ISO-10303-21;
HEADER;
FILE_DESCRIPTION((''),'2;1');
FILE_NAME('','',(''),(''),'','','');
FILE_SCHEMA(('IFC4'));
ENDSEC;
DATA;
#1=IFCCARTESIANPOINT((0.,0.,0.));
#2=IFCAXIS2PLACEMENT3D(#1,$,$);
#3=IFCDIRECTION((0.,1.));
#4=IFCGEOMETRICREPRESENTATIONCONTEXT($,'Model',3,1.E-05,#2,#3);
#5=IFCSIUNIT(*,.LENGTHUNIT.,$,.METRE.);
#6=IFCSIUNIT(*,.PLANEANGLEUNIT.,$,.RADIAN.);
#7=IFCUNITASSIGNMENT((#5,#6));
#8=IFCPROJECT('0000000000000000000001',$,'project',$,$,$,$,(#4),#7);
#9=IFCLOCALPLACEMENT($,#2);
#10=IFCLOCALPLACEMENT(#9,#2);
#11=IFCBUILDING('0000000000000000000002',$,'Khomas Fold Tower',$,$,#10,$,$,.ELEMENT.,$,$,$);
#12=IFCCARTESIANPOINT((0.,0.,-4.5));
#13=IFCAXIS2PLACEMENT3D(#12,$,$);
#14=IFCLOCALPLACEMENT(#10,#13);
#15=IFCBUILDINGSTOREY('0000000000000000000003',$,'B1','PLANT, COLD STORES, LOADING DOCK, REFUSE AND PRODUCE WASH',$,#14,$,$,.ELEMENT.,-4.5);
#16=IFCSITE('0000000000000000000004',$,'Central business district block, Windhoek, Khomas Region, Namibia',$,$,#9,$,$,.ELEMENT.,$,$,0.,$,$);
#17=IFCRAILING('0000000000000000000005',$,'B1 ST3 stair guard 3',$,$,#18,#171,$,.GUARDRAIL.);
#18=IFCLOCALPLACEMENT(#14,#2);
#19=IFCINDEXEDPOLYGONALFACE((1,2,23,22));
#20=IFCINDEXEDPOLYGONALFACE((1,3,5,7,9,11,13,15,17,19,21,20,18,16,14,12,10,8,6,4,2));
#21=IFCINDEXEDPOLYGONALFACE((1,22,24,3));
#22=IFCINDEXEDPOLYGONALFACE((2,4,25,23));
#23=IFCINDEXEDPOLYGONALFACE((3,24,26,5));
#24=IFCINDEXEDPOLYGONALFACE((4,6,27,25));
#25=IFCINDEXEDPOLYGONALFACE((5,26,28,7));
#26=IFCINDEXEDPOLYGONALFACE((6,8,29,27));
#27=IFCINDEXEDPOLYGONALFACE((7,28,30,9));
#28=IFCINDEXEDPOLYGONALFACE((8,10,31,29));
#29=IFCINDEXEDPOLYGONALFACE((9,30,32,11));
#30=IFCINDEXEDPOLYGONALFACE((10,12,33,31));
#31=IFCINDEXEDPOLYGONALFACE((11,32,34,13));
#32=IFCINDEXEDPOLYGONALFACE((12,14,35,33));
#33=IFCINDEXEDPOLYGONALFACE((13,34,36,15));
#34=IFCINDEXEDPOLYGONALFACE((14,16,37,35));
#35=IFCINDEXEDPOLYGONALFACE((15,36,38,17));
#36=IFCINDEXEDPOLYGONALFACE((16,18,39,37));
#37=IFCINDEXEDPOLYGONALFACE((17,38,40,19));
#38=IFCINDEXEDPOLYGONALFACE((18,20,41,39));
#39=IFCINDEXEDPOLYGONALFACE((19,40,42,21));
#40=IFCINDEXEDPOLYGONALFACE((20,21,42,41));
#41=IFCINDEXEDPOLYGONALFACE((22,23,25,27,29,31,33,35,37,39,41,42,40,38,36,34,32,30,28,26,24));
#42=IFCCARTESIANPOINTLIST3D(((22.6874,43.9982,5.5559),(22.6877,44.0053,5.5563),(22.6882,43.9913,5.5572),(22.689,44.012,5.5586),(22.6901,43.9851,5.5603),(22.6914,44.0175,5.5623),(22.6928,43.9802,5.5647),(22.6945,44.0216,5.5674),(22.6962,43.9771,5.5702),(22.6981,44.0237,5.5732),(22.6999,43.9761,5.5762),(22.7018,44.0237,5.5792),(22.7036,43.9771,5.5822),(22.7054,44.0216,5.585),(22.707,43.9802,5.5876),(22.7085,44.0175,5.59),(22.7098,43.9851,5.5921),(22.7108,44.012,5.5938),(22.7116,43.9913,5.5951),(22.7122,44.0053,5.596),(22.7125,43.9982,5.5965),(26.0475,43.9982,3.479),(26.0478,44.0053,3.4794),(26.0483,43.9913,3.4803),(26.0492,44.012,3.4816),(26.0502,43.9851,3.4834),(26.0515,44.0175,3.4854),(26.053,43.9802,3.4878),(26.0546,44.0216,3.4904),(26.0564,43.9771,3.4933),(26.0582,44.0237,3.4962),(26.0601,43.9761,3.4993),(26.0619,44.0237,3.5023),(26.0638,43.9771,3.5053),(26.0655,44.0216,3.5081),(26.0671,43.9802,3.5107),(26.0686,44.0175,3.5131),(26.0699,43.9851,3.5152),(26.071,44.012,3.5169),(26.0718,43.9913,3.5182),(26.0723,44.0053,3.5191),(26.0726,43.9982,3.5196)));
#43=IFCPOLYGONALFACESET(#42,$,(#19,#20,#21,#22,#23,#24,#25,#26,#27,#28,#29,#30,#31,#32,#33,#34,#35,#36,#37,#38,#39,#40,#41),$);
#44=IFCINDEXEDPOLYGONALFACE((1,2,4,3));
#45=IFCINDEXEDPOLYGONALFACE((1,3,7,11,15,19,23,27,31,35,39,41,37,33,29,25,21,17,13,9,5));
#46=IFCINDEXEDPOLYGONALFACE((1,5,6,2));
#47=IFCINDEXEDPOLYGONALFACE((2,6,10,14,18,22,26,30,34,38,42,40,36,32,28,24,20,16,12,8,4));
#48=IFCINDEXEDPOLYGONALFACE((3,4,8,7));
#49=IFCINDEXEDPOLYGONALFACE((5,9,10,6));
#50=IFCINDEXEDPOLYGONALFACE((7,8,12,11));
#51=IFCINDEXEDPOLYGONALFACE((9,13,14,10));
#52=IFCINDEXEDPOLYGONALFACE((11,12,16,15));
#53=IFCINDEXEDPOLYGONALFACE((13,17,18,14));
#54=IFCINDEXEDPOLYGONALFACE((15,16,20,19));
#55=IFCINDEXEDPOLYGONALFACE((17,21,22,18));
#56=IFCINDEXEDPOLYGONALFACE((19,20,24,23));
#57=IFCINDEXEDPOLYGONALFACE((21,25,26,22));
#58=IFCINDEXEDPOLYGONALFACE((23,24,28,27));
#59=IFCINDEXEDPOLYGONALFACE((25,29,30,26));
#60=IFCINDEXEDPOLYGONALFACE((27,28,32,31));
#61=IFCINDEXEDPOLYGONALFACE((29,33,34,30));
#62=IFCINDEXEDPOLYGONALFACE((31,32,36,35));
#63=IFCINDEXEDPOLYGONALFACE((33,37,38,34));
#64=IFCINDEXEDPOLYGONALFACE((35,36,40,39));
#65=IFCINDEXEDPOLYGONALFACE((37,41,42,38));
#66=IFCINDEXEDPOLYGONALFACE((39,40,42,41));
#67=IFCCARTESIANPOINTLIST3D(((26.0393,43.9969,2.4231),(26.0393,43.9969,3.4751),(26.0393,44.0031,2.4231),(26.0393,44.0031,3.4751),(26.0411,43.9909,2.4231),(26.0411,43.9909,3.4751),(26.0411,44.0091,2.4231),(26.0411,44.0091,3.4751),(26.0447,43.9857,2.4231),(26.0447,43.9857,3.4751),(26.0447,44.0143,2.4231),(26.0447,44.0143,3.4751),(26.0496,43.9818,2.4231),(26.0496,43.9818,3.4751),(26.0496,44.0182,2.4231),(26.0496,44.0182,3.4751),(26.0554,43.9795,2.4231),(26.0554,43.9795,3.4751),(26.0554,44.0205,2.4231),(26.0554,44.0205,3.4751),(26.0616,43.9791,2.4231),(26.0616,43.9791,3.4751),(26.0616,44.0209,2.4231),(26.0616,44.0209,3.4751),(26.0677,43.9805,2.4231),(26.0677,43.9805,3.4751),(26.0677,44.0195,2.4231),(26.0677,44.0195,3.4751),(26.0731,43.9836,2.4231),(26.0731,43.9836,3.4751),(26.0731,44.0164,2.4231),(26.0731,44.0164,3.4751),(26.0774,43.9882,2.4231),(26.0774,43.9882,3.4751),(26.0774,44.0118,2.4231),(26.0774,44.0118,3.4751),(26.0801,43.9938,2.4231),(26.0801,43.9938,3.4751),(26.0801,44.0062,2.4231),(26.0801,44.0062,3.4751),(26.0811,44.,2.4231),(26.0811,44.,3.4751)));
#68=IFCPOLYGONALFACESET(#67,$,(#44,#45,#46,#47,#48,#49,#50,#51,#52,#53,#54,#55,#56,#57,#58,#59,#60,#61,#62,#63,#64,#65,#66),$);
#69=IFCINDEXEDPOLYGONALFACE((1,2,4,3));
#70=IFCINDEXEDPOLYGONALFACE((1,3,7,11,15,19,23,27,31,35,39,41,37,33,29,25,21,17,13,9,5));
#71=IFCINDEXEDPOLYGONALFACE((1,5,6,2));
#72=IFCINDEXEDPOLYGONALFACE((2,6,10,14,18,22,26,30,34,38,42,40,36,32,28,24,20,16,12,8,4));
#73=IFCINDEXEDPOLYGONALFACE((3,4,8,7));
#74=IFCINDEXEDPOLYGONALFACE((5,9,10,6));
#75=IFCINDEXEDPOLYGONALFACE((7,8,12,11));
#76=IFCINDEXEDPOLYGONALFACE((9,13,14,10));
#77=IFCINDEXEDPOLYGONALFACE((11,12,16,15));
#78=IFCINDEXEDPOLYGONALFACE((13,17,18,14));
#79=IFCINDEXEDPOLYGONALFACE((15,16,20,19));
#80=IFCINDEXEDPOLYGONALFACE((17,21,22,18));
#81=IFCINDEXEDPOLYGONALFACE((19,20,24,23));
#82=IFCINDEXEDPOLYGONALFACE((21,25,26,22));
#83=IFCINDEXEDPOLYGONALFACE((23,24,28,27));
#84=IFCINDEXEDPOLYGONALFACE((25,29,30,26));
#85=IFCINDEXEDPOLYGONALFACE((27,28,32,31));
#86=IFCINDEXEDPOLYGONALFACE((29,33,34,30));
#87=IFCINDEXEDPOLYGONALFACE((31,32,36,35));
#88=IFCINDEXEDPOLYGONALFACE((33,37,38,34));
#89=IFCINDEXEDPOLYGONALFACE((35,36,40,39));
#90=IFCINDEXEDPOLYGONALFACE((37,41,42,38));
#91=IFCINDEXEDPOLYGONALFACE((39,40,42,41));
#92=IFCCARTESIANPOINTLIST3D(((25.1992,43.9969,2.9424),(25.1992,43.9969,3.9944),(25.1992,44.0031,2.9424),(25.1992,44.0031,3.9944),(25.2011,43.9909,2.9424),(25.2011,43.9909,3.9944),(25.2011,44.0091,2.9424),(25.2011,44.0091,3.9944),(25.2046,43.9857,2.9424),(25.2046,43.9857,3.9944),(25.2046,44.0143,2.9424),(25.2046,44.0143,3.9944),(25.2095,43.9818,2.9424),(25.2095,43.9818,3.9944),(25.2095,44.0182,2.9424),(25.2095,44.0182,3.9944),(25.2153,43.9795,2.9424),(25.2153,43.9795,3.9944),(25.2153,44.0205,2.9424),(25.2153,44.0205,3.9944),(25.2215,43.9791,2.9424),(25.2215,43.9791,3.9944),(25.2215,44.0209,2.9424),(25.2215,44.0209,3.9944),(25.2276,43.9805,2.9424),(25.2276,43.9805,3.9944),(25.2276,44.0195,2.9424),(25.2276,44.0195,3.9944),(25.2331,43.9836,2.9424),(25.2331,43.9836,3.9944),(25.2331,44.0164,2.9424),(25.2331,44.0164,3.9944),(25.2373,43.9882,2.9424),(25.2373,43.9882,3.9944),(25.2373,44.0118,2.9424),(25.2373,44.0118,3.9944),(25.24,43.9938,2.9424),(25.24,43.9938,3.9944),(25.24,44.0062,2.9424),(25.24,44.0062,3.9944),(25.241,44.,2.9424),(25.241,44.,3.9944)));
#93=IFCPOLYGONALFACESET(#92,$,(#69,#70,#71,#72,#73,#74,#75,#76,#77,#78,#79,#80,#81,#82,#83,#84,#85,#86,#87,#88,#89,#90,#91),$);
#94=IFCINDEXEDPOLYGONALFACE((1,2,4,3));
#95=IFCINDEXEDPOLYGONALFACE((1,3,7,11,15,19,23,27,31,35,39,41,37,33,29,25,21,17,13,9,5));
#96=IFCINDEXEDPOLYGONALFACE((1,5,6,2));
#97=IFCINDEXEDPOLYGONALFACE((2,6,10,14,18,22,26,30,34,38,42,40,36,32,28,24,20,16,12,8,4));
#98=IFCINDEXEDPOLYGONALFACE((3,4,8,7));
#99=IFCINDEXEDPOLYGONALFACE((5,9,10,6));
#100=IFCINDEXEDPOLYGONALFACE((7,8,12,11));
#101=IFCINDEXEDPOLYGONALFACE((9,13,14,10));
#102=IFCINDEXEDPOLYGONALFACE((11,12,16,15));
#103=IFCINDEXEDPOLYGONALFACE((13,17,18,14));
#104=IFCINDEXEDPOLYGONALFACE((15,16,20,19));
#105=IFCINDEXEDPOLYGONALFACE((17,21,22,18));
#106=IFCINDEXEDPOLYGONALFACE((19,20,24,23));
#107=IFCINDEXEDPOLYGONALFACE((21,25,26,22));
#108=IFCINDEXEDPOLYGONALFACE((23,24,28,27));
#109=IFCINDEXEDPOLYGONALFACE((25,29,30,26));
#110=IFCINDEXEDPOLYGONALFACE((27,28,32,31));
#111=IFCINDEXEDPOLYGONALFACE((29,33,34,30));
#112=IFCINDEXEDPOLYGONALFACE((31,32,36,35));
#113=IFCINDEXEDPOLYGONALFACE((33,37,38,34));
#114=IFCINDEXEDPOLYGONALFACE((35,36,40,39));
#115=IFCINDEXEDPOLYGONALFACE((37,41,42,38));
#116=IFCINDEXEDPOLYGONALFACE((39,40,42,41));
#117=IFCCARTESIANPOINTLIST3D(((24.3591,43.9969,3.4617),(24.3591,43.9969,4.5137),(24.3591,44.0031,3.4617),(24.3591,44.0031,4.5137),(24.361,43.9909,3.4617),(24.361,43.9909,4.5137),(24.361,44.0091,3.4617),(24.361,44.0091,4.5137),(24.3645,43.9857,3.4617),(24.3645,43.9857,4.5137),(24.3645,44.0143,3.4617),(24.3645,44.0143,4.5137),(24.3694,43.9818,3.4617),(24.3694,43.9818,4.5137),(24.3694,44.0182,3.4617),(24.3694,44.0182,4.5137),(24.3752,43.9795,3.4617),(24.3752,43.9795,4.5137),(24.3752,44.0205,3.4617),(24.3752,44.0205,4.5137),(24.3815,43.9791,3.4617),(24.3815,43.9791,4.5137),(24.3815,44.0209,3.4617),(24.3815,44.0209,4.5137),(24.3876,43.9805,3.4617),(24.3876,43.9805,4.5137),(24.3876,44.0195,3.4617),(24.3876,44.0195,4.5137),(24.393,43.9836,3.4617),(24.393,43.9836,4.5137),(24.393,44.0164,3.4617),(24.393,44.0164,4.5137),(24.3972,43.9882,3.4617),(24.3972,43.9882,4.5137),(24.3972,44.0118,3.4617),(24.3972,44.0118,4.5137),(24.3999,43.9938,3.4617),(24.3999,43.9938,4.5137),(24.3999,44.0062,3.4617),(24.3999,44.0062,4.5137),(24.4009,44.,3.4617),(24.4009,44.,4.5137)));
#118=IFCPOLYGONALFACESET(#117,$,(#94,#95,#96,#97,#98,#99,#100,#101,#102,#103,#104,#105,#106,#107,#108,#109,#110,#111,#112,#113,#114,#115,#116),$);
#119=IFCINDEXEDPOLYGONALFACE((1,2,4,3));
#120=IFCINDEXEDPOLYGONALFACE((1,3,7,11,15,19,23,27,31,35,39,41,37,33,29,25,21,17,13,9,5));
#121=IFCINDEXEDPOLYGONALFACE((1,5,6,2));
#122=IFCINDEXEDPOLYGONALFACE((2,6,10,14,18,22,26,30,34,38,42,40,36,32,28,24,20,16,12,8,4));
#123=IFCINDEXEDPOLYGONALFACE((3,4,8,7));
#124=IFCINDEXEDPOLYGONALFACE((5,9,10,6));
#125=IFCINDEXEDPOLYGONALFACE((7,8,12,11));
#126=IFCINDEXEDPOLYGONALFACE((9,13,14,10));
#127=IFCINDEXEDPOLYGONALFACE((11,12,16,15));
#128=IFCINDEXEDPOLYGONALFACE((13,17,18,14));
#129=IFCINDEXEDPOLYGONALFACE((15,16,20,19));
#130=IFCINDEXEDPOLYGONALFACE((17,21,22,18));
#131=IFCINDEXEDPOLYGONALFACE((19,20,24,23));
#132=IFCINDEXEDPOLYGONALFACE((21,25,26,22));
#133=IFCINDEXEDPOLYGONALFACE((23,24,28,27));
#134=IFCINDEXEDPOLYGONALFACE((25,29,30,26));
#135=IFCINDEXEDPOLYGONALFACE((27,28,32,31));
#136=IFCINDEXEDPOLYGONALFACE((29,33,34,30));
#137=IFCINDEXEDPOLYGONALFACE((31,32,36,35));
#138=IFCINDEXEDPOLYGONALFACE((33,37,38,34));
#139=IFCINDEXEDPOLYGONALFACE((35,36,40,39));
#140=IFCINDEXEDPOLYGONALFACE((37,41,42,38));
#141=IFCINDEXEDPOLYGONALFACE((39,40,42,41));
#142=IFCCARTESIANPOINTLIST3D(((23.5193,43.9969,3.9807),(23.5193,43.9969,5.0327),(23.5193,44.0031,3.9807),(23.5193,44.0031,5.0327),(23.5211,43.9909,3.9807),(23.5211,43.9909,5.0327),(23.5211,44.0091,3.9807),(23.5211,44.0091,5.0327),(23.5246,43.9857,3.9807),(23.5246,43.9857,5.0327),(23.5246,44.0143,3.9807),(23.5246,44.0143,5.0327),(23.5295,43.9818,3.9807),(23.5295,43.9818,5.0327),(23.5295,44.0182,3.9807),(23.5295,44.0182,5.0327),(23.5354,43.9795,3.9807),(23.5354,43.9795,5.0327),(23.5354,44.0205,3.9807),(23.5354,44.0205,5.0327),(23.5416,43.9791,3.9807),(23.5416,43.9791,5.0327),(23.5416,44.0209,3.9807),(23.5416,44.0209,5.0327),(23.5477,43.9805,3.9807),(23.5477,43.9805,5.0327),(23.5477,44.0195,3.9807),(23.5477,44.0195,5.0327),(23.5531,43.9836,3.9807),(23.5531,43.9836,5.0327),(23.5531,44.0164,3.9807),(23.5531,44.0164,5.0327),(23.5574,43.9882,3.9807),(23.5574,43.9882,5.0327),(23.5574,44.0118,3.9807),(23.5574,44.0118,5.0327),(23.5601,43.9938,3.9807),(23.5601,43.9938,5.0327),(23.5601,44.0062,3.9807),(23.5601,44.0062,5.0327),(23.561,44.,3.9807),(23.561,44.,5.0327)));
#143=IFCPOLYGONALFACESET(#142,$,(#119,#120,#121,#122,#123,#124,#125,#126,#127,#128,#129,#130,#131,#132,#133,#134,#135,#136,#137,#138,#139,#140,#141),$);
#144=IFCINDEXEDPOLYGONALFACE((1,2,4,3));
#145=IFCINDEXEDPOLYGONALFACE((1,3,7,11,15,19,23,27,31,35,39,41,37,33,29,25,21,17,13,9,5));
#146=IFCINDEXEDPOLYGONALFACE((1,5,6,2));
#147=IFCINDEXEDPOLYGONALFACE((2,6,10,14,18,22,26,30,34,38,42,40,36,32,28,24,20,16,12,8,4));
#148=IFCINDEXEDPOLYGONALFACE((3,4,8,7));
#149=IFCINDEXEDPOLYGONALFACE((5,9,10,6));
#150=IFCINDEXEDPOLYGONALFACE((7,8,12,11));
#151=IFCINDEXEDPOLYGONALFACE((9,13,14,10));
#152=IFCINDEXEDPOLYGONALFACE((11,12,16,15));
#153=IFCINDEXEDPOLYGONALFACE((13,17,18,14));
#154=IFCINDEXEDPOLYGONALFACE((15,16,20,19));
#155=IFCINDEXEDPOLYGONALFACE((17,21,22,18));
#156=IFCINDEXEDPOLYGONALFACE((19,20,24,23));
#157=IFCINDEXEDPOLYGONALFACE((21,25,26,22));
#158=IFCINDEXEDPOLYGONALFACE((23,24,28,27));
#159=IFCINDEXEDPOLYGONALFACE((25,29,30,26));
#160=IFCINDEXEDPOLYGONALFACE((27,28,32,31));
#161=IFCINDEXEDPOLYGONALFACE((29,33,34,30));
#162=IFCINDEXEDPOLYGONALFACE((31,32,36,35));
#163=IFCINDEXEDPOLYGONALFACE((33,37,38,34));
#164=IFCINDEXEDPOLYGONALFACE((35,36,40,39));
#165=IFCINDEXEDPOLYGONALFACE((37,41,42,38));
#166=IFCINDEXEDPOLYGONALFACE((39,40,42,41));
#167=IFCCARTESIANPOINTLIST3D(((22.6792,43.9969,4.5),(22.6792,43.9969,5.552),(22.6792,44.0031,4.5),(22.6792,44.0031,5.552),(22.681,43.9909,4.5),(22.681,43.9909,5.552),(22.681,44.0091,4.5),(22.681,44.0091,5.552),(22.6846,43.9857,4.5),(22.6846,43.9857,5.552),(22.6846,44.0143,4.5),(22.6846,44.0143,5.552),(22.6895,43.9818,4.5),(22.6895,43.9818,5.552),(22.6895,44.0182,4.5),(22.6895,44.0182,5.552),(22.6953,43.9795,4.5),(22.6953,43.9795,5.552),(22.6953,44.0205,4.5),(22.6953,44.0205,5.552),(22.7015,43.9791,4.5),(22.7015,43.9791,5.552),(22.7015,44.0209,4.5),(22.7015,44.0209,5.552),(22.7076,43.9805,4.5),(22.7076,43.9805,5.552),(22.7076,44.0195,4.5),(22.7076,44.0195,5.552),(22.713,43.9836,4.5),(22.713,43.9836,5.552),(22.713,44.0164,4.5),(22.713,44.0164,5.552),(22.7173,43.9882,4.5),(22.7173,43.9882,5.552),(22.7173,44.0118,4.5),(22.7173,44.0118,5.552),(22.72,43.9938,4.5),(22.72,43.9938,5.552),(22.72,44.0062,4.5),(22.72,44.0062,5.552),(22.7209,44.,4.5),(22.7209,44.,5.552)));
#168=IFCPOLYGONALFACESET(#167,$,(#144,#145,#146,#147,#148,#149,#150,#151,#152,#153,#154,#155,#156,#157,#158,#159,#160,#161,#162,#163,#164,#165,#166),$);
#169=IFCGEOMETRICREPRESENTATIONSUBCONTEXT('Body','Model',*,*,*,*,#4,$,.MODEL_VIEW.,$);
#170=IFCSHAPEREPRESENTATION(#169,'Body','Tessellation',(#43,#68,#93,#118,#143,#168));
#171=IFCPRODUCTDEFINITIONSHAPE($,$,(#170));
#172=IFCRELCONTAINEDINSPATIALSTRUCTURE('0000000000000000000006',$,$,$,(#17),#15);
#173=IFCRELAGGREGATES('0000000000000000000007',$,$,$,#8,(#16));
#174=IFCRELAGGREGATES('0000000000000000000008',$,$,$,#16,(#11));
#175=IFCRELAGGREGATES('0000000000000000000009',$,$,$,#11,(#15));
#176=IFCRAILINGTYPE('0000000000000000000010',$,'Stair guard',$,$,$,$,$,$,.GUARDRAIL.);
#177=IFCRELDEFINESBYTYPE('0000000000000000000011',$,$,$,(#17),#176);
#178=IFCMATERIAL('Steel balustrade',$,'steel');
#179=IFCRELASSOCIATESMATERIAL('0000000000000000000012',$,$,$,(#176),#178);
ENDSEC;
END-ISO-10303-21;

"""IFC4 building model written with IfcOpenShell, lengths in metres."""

from ifc_helpers import new_model, si_unit, direction, frame, origin, origin_2d, place, context, subcontext, project, spatial, circle, extrude, source, transform, mapped, material, type_object, element, save


model = new_model("IFC4")

# Units and contexts
model_context = context("Model", 3, precision=1e-05, world=origin(), true_north=direction((0.0, 1.0)))
body_context = subcontext(model_context, "Body", "Model", "MODEL_VIEW")
ifc_project = project(units=[si_unit("LENGTHUNIT", "METRE"), si_unit("PLANEANGLEUNIT", "RADIAN")], contexts=[model_context])

# Site, building, storey
site_placement = place(None, origin())
site = spatial("IfcSite", under=ifc_project, at=site_placement, Name="Central business district block, Windhoek, Khomas Region, Namibia", CompositionType="ELEMENT", RefElevation=0.0)
building_placement = place(site_placement, origin())
building = spatial("IfcBuilding", under=site, at=building_placement, Name="Khomas Fold Tower", CompositionType="ELEMENT")
storey_placement = place(building_placement, frame((0.0, 0.0, -4.5)))
storey = spatial("IfcBuildingStorey", under=building, at=storey_placement, Name="B1", Description="PLANT, COLD STORES, LOADING DOCK, REFUSE AND PRODUCE WASH", CompositionType="ELEMENT", Elevation=-4.5)

# Railing
ifc_material_1 = material(Name="Steel balustrade", Category="steel")
railing_type_1 = type_object("IfcRailingType", Name="Stair guard", PredefinedType="GUARDRAIL", material=ifc_material_1)
shared_shape_1 = source(origin(), body_context, "Body", "SweptSolid", [
    extrude(circle(Radius=0.0239, at=origin_2d()), frame((0.0, 0.0, 1.0762), z_axis=(-0.850623, 0.0, 0.525776), x_axis=(0.0, -1.0, 0.0)), (0.0, 0.0, 1.0), 3.9502),
    extrude(circle(Radius=0.021, at=origin_2d()), origin(), (0.0, 0.0, 1.0), 1.052),
    extrude(circle(Radius=0.021, at=origin_2d()), frame((-0.8401, 0.0, 0.5193)), (0.0, 0.0, 1.0), 1.052),
    extrude(circle(Radius=0.021, at=origin_2d()), frame((-1.6802, 0.0, 1.0386)), (0.0, 0.0, 1.0), 1.052),
    extrude(circle(Radius=0.021, at=origin_2d()), frame((-2.52, 0.0, 1.5576)), (0.0, 0.0, 1.0), 1.052),
    extrude(circle(Radius=0.021, at=origin_2d()), frame((-3.3601, 0.0, 2.0769)), (0.0, 0.0, 1.0), 1.052),
])
railing_1_placement = place(storey_placement, frame((26.0601, 44.0, 2.4231)))
element("IfcRailing", 1, at=railing_1_placement, inside=storey, type_object=railing_type_1, Name="B1 ST3 stair guard 3", PredefinedType="GUARDRAIL", context=body_context, shape_type="MappedRepresentation", body=[
    mapped(shared_shape_1, transform((0.0, 0.0, 0.0))),
])

save(model, "model.ifc")
